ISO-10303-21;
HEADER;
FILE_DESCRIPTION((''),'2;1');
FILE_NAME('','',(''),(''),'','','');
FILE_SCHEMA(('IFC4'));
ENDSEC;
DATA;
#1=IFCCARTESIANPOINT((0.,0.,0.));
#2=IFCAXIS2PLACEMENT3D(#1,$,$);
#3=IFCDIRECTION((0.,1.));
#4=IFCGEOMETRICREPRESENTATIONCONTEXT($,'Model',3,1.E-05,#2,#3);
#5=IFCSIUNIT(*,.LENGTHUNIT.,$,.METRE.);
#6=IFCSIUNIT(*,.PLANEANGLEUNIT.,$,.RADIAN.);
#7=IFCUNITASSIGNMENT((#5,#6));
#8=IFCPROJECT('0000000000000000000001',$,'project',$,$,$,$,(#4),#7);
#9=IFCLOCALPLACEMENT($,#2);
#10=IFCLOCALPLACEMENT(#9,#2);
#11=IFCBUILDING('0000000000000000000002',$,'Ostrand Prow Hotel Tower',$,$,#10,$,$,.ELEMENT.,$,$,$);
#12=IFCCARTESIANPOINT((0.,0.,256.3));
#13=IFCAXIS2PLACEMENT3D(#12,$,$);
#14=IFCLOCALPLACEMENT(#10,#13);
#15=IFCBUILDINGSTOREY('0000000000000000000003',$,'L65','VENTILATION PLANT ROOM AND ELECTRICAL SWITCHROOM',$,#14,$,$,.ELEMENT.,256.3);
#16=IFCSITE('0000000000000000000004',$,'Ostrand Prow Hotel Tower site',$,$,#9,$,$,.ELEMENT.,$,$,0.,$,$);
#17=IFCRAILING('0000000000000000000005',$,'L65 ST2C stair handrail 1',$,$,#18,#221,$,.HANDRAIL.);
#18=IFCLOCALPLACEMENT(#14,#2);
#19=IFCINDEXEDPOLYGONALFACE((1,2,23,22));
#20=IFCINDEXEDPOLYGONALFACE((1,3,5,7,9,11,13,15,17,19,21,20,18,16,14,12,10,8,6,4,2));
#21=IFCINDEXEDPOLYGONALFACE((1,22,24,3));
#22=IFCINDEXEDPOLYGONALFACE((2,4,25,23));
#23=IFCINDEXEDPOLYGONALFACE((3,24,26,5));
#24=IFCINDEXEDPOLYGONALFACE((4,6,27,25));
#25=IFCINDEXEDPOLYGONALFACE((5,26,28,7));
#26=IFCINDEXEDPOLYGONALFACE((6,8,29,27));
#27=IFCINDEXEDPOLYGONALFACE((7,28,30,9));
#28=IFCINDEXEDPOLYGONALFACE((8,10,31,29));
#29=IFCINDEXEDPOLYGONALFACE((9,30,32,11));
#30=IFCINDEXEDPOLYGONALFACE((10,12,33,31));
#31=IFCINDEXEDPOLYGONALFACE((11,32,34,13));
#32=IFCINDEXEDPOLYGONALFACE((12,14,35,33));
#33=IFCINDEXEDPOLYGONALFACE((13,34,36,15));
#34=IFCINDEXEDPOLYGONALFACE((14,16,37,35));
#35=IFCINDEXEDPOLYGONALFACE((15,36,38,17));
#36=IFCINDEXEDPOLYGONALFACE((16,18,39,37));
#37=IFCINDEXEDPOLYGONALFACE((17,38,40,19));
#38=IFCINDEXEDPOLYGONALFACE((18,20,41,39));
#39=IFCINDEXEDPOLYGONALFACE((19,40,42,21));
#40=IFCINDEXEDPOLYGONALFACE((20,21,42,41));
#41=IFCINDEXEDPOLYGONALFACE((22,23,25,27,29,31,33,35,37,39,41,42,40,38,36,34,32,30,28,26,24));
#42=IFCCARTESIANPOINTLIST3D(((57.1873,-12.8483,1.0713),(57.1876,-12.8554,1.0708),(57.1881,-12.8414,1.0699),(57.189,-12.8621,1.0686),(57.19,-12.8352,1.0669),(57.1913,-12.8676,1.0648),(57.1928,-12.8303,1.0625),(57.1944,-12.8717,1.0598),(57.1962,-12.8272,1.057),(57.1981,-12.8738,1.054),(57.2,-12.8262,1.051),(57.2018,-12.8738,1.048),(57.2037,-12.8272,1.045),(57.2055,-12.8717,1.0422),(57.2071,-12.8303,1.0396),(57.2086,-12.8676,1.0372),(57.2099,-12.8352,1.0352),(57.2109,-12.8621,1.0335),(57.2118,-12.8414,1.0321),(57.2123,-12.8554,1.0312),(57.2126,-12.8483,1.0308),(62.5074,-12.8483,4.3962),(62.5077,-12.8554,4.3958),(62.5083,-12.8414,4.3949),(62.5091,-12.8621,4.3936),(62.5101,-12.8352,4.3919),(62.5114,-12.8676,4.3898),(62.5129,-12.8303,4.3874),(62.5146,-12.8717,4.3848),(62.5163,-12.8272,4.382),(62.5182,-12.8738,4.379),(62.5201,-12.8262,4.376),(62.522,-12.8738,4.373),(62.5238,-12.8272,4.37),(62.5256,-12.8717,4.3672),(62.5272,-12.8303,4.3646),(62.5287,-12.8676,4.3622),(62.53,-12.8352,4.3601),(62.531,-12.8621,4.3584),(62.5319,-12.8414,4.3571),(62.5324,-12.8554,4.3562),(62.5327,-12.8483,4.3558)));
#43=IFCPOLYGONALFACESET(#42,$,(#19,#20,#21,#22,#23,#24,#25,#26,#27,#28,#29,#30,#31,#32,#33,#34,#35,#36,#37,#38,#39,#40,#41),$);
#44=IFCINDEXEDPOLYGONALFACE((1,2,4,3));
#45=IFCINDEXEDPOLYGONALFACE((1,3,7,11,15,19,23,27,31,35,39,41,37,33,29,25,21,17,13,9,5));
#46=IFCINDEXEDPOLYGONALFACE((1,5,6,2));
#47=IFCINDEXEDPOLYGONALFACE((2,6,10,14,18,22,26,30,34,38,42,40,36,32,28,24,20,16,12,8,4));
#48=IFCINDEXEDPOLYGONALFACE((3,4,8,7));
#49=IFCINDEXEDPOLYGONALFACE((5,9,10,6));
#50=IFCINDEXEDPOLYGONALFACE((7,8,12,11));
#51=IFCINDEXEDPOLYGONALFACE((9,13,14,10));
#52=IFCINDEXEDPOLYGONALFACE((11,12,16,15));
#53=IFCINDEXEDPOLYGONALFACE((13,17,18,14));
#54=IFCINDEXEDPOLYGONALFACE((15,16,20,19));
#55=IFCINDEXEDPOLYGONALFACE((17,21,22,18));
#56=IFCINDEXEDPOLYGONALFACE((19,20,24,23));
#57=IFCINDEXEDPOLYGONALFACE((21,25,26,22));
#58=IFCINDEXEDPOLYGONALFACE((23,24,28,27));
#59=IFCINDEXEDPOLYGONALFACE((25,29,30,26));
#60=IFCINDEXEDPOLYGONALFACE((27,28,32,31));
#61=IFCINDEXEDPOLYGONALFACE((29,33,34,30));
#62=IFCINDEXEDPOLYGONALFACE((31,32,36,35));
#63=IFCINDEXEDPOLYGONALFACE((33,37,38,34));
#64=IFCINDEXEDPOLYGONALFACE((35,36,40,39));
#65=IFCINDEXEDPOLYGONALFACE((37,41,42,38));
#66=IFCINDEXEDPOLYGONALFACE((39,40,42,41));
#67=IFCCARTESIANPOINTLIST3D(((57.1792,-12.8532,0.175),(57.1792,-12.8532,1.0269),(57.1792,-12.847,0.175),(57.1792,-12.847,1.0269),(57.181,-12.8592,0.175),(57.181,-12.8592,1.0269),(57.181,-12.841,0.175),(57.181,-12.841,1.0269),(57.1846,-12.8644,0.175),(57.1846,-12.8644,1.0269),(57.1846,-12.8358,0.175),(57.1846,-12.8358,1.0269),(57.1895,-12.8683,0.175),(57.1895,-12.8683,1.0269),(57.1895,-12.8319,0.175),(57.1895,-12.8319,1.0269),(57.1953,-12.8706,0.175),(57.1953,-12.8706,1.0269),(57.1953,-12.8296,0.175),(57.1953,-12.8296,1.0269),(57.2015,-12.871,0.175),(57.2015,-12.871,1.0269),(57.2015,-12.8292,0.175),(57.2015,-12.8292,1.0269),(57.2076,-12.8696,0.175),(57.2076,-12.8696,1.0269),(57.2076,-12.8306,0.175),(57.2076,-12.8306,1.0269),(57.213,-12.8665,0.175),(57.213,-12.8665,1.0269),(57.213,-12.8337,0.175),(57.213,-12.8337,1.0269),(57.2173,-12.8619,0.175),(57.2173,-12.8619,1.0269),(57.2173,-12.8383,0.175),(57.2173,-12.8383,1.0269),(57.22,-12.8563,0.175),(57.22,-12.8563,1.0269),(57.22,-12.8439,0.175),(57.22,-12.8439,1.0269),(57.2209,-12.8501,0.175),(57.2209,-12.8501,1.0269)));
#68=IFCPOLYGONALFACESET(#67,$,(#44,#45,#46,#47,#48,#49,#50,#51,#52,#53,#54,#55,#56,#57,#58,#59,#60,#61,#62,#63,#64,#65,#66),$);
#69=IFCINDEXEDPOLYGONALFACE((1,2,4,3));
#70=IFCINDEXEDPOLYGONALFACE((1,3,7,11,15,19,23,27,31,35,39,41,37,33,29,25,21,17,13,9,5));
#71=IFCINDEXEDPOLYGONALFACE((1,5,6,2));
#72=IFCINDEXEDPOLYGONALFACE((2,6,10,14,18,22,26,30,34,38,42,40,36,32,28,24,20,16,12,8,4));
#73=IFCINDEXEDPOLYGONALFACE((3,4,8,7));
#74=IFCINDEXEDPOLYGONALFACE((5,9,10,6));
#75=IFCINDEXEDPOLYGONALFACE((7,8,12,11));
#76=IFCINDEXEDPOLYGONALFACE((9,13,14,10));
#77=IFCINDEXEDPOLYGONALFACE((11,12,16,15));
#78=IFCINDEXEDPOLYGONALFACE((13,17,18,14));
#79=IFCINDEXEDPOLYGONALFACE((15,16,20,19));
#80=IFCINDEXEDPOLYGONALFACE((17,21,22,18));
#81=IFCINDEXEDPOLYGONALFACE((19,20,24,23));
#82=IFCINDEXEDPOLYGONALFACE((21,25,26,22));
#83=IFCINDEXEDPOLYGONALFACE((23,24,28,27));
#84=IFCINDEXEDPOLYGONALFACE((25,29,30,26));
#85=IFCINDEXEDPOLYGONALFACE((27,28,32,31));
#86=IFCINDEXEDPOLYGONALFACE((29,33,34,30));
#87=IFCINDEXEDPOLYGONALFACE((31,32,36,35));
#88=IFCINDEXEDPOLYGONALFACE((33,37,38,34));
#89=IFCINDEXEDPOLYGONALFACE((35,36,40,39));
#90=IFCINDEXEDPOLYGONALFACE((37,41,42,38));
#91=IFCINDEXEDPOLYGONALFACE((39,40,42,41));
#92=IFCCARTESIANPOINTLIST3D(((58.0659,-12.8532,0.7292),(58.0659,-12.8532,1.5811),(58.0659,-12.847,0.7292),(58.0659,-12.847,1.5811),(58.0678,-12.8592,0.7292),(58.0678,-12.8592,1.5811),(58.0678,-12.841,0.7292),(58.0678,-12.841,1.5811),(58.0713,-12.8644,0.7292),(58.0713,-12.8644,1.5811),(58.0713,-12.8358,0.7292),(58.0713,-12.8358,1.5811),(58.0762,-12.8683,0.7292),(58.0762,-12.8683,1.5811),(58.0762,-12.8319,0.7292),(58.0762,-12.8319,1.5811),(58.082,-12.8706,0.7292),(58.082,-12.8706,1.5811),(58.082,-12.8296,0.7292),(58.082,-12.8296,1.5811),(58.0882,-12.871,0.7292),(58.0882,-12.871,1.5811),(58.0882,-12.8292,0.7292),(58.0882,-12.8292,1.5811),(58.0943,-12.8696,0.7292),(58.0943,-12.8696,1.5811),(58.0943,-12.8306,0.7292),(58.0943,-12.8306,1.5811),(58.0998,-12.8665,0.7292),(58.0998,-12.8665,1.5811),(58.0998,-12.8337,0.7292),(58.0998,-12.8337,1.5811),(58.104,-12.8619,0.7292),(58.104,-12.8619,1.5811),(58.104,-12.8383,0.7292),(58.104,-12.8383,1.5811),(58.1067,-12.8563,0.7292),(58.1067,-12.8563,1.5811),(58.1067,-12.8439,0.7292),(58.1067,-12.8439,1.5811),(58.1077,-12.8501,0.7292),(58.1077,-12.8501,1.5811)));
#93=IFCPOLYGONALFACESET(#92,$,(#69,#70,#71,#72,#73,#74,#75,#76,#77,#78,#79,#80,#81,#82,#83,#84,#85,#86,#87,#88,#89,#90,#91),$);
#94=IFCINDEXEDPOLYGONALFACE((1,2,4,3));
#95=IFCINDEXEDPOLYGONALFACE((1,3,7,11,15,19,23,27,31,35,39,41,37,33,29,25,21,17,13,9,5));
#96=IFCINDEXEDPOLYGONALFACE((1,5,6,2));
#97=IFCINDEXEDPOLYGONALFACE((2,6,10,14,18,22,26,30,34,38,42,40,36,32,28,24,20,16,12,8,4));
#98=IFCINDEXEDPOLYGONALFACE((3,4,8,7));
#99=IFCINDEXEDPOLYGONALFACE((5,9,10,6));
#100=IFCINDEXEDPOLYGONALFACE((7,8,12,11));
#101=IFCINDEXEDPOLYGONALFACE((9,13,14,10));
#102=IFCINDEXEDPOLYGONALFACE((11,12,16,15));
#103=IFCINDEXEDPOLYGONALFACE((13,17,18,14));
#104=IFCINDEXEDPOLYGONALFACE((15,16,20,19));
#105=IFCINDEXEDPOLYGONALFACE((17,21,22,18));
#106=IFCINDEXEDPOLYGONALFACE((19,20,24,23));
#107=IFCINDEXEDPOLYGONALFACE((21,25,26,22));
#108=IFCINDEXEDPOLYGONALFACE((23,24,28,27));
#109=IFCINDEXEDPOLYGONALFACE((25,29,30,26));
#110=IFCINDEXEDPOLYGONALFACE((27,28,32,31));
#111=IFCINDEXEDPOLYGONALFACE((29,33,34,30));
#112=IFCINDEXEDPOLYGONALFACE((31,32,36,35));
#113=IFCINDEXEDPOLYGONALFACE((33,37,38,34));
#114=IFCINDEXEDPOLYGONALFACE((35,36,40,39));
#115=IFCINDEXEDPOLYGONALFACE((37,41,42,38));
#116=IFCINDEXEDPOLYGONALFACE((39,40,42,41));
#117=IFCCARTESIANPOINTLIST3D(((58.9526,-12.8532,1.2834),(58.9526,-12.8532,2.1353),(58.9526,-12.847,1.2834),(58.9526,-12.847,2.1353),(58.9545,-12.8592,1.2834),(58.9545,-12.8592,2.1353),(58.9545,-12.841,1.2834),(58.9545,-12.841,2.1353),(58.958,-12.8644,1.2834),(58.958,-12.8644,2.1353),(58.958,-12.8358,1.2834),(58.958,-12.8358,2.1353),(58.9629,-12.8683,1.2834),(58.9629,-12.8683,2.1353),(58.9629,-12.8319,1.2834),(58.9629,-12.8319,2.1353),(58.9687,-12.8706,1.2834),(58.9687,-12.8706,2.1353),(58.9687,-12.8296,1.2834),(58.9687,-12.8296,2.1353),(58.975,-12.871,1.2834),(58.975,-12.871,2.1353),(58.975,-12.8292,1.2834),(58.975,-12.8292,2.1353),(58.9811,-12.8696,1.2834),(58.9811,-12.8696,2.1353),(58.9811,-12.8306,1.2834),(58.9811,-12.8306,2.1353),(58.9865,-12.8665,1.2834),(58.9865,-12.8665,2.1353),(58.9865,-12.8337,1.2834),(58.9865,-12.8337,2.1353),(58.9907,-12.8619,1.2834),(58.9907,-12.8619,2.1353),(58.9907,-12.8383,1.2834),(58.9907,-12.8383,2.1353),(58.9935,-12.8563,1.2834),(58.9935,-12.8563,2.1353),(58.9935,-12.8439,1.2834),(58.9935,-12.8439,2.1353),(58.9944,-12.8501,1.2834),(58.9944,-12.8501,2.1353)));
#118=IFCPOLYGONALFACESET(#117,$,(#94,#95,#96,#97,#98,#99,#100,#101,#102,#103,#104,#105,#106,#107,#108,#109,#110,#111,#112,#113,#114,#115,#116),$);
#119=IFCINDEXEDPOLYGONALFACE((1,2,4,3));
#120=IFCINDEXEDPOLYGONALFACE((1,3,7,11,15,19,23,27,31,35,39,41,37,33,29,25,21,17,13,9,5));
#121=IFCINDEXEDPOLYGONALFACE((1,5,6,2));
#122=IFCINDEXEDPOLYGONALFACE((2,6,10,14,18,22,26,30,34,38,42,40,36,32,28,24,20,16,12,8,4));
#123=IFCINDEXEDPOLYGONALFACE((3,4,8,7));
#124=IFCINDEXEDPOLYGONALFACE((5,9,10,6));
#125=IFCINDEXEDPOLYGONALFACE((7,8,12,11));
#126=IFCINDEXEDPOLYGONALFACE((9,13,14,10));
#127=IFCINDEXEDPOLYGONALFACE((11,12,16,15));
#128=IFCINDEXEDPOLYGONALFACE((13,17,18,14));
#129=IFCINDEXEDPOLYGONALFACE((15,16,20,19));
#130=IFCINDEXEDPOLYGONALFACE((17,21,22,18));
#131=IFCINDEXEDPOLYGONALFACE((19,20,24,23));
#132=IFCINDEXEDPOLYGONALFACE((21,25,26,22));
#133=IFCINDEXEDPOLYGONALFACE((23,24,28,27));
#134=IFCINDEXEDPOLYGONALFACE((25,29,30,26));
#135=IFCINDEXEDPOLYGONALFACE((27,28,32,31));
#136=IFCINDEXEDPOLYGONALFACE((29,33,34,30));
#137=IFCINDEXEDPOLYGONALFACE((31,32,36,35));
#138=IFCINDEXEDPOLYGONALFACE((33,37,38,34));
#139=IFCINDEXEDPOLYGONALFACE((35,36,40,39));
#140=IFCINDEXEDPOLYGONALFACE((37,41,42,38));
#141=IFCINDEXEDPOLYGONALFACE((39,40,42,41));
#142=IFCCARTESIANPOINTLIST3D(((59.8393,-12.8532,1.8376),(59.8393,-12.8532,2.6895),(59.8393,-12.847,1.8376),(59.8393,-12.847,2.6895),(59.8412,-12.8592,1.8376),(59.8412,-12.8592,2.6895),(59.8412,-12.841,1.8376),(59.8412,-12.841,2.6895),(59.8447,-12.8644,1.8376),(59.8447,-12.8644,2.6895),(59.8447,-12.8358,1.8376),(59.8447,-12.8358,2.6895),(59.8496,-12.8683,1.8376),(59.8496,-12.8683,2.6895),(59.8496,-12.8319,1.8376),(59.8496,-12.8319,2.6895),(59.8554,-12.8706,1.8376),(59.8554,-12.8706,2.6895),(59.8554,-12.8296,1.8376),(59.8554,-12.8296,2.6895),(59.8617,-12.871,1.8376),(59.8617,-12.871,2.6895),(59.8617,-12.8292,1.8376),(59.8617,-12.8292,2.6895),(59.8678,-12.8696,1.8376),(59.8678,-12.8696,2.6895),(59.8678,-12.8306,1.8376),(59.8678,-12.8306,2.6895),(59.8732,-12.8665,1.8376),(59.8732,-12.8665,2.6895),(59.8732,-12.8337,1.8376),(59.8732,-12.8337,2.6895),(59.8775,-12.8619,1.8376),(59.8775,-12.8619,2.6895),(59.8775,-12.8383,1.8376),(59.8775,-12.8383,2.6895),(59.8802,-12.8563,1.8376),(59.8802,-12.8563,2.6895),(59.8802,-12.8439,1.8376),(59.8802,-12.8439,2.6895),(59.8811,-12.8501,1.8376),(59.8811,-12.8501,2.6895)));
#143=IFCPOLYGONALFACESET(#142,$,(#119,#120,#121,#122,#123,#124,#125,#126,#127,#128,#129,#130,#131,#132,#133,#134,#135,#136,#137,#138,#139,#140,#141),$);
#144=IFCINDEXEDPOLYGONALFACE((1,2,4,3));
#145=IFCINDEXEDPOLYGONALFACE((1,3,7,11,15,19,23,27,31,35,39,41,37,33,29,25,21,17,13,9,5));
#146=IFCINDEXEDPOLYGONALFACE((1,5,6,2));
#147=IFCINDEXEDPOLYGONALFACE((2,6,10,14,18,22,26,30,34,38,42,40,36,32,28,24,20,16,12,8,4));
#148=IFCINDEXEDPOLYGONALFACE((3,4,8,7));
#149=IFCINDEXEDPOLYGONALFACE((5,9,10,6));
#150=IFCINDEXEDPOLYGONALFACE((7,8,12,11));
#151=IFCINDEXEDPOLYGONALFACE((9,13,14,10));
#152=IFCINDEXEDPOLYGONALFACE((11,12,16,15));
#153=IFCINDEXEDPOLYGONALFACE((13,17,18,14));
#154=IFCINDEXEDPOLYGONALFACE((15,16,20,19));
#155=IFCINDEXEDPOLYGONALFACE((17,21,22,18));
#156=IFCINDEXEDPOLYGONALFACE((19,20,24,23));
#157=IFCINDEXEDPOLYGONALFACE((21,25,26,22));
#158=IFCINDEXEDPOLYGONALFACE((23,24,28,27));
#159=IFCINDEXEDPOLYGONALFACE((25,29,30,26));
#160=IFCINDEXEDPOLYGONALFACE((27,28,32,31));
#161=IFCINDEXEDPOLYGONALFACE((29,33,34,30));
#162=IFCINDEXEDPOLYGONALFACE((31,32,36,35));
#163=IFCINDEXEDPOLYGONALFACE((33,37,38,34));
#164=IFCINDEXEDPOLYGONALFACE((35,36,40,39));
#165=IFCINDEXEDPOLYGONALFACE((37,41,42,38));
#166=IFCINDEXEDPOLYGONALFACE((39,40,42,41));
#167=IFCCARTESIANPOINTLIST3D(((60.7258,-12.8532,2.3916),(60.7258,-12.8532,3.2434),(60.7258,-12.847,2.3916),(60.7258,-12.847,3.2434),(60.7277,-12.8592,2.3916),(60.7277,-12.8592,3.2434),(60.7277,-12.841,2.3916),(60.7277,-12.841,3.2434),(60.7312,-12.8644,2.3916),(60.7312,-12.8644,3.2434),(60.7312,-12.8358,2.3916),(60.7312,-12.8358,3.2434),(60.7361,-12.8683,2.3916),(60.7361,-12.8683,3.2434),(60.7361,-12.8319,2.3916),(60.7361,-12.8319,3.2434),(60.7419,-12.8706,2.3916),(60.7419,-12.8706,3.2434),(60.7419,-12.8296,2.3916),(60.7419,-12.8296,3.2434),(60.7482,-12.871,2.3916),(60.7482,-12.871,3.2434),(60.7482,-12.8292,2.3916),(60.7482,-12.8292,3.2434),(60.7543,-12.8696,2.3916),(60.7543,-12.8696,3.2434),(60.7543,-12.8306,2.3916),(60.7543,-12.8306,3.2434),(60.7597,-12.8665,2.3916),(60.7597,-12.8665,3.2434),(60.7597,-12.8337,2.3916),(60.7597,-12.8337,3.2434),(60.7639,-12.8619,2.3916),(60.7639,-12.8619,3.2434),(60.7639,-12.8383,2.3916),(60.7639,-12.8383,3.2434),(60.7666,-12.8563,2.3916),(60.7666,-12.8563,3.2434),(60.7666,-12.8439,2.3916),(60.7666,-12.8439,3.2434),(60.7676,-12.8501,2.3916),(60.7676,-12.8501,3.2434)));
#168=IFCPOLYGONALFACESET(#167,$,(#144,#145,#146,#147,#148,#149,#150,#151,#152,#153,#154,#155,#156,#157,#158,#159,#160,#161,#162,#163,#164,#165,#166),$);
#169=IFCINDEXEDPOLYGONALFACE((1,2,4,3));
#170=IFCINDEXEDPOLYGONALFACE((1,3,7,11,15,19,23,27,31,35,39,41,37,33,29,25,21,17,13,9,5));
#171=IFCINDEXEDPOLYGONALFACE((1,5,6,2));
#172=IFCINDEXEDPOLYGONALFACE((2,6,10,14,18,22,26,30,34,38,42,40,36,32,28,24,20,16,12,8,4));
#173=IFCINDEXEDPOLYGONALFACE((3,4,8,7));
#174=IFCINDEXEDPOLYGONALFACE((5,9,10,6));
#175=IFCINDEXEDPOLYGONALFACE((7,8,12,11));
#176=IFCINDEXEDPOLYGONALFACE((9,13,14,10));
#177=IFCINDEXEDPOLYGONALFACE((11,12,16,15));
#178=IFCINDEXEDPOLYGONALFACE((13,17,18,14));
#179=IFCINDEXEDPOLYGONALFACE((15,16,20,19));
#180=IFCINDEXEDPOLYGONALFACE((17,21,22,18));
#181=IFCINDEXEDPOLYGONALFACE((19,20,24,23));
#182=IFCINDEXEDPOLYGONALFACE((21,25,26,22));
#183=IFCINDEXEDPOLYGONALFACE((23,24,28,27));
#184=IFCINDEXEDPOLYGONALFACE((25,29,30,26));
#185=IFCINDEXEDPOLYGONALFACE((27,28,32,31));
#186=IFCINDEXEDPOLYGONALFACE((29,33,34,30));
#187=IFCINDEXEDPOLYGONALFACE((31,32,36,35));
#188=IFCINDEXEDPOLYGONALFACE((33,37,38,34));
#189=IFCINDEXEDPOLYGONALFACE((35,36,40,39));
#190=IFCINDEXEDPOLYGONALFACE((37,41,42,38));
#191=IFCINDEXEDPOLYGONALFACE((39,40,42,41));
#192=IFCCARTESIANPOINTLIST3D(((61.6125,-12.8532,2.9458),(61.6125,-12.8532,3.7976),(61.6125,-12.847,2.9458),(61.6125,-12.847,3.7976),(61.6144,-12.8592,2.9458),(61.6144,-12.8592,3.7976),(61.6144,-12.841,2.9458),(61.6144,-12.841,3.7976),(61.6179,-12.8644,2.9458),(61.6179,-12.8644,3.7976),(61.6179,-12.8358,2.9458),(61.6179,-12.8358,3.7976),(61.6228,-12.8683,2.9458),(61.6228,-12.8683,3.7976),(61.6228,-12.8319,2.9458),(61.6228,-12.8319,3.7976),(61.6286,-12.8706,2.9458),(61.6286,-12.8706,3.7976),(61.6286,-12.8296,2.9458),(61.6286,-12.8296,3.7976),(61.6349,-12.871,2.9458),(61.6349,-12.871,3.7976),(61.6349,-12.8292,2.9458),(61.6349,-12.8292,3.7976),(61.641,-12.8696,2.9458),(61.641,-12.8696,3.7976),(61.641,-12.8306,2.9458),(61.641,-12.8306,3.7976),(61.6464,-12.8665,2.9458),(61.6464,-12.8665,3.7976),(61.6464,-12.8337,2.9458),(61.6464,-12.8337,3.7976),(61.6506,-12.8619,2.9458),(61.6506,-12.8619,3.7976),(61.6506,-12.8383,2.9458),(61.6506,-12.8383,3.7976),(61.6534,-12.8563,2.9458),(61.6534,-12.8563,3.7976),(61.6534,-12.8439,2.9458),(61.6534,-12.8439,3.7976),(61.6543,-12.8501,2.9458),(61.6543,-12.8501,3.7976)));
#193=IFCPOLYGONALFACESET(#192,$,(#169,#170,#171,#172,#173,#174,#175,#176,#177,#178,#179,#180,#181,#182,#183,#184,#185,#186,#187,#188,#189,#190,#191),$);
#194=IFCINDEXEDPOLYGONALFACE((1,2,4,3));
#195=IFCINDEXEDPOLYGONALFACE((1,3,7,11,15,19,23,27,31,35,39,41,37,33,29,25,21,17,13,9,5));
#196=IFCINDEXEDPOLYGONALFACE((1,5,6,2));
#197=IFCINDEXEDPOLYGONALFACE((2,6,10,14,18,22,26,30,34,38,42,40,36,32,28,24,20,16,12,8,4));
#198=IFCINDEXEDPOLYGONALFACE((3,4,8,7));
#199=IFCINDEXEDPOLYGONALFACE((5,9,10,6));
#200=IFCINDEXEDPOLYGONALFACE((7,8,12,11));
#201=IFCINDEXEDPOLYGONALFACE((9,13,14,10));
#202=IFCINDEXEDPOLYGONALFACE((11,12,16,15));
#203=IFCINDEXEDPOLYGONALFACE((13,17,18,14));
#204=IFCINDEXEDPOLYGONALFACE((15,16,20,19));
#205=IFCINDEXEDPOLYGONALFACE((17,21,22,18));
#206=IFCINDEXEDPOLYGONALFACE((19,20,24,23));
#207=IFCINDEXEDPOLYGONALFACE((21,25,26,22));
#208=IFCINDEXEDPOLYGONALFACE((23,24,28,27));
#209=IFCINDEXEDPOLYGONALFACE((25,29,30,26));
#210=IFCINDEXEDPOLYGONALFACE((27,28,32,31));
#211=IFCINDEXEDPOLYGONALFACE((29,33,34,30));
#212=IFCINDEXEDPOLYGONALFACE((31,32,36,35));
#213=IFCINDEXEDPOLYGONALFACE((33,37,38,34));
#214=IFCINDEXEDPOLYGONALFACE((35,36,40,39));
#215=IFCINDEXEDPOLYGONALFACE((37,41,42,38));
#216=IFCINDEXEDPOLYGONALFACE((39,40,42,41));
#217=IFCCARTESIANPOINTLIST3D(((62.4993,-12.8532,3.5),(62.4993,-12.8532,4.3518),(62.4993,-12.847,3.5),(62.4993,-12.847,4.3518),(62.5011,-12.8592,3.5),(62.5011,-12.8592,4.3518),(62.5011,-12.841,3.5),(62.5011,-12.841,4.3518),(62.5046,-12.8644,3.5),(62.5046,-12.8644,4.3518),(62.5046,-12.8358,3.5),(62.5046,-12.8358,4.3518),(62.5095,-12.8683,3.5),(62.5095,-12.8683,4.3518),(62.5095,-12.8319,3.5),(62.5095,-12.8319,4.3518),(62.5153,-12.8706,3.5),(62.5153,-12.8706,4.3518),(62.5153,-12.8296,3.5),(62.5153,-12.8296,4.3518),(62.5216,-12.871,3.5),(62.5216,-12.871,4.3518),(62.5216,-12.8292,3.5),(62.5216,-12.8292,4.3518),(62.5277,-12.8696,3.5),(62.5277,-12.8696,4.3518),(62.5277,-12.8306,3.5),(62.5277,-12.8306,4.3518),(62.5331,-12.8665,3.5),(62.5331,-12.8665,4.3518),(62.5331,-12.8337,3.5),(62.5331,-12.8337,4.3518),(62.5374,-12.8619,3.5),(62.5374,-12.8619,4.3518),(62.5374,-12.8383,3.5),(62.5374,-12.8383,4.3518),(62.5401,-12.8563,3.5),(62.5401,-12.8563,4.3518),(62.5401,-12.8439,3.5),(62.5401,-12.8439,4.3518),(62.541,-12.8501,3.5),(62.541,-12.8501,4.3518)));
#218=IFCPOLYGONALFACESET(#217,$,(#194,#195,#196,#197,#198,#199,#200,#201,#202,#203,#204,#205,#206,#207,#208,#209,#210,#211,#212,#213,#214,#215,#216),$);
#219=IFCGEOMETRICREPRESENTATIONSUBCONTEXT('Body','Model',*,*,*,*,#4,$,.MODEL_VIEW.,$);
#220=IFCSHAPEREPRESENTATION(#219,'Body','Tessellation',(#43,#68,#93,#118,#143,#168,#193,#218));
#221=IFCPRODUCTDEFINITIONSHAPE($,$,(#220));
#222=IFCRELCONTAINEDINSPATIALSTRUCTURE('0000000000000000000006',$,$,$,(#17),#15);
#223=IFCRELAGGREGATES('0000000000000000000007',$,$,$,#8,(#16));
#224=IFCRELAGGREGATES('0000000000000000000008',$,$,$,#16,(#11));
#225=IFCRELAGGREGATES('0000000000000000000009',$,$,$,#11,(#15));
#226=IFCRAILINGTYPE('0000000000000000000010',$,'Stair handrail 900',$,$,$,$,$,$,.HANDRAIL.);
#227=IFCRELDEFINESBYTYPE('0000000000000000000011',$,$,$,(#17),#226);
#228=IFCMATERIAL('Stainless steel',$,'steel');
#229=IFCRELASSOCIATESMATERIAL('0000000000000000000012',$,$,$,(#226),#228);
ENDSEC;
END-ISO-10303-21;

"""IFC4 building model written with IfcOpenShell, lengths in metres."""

from ifc_helpers import new_model, si_unit, direction, frame, origin, origin_2d, place, context, subcontext, project, spatial, circle, extrude, material, type_object, element, save


model = new_model("IFC4")

# Units and contexts
model_context = context("Model", 3, precision=1e-05, world=origin(), true_north=direction((0.0, 1.0)))
body_context = subcontext(model_context, "Body", "Model", "MODEL_VIEW")
ifc_project = project(units=[si_unit("LENGTHUNIT", "METRE"), si_unit("PLANEANGLEUNIT", "RADIAN")], contexts=[model_context])

# Site, building, storey
site_placement = place(None, origin())
site = spatial("IfcSite", under=ifc_project, at=site_placement, Name="Ostrand Prow Hotel Tower site", CompositionType="ELEMENT", RefElevation=0.0)
building_placement = place(site_placement, origin())
building = spatial("IfcBuilding", under=site, at=building_placement, Name="Ostrand Prow Hotel Tower", CompositionType="ELEMENT")
storey_placement = place(building_placement, frame((0.0, 0.0, 256.3)))
storey = spatial("IfcBuildingStorey", under=building, at=storey_placement, Name="L65", Description="VENTILATION PLANT ROOM AND ELECTRICAL SWITCHROOM", CompositionType="ELEMENT", Elevation=256.3)

# Railing
ifc_material_1 = material(Name="Stainless steel", Category="steel")
railing_type_1 = type_object("IfcRailingType", Name="Stair handrail 900", PredefinedType="HANDRAIL", material=ifc_material_1)
railing_1_placement = place(storey_placement, frame((57.2, -12.8501, 0.175)))
element("IfcRailing", 1, at=railing_1_placement, inside=storey, type_object=railing_type_1, Name="L65 ST2C stair handrail 1", PredefinedType="HANDRAIL", context=body_context, shape_type="SweptSolid", body=[
    extrude(circle(Radius=0.0239, at=origin_2d()), frame((0.0, 0.0, 0.876), z_axis=(0.848005, 0.0, 0.529988), x_axis=(0.0, 1.0, 0.0)), (0.0, 0.0, 1.0), 6.2737),
    extrude(circle(Radius=0.021, at=origin_2d()), origin(), (0.0, 0.0, 1.0), 0.8518),
    extrude(circle(Radius=0.021, at=origin_2d()), frame((0.8867, 0.0, 0.5542)), (0.0, 0.0, 1.0), 0.8518),
    extrude(circle(Radius=0.021, at=origin_2d()), frame((1.7734, 0.0, 1.1084)), (0.0, 0.0, 1.0), 0.8518),
    extrude(circle(Radius=0.021, at=origin_2d()), frame((2.6602, 0.0, 1.6626)), (0.0, 0.0, 1.0), 0.8518),
    extrude(circle(Radius=0.021, at=origin_2d()), frame((3.5466, 0.0, 2.2166)), (0.0, 0.0, 1.0), 0.8518),
    extrude(circle(Radius=0.021, at=origin_2d()), frame((4.4333, 0.0, 2.7708)), (0.0, 0.0, 1.0), 0.8518),
    extrude(circle(Radius=0.021, at=origin_2d()), frame((5.3201, 0.0, 3.325)), (0.0, 0.0, 1.0), 0.8518),
])

save(model, "model.ifc")
